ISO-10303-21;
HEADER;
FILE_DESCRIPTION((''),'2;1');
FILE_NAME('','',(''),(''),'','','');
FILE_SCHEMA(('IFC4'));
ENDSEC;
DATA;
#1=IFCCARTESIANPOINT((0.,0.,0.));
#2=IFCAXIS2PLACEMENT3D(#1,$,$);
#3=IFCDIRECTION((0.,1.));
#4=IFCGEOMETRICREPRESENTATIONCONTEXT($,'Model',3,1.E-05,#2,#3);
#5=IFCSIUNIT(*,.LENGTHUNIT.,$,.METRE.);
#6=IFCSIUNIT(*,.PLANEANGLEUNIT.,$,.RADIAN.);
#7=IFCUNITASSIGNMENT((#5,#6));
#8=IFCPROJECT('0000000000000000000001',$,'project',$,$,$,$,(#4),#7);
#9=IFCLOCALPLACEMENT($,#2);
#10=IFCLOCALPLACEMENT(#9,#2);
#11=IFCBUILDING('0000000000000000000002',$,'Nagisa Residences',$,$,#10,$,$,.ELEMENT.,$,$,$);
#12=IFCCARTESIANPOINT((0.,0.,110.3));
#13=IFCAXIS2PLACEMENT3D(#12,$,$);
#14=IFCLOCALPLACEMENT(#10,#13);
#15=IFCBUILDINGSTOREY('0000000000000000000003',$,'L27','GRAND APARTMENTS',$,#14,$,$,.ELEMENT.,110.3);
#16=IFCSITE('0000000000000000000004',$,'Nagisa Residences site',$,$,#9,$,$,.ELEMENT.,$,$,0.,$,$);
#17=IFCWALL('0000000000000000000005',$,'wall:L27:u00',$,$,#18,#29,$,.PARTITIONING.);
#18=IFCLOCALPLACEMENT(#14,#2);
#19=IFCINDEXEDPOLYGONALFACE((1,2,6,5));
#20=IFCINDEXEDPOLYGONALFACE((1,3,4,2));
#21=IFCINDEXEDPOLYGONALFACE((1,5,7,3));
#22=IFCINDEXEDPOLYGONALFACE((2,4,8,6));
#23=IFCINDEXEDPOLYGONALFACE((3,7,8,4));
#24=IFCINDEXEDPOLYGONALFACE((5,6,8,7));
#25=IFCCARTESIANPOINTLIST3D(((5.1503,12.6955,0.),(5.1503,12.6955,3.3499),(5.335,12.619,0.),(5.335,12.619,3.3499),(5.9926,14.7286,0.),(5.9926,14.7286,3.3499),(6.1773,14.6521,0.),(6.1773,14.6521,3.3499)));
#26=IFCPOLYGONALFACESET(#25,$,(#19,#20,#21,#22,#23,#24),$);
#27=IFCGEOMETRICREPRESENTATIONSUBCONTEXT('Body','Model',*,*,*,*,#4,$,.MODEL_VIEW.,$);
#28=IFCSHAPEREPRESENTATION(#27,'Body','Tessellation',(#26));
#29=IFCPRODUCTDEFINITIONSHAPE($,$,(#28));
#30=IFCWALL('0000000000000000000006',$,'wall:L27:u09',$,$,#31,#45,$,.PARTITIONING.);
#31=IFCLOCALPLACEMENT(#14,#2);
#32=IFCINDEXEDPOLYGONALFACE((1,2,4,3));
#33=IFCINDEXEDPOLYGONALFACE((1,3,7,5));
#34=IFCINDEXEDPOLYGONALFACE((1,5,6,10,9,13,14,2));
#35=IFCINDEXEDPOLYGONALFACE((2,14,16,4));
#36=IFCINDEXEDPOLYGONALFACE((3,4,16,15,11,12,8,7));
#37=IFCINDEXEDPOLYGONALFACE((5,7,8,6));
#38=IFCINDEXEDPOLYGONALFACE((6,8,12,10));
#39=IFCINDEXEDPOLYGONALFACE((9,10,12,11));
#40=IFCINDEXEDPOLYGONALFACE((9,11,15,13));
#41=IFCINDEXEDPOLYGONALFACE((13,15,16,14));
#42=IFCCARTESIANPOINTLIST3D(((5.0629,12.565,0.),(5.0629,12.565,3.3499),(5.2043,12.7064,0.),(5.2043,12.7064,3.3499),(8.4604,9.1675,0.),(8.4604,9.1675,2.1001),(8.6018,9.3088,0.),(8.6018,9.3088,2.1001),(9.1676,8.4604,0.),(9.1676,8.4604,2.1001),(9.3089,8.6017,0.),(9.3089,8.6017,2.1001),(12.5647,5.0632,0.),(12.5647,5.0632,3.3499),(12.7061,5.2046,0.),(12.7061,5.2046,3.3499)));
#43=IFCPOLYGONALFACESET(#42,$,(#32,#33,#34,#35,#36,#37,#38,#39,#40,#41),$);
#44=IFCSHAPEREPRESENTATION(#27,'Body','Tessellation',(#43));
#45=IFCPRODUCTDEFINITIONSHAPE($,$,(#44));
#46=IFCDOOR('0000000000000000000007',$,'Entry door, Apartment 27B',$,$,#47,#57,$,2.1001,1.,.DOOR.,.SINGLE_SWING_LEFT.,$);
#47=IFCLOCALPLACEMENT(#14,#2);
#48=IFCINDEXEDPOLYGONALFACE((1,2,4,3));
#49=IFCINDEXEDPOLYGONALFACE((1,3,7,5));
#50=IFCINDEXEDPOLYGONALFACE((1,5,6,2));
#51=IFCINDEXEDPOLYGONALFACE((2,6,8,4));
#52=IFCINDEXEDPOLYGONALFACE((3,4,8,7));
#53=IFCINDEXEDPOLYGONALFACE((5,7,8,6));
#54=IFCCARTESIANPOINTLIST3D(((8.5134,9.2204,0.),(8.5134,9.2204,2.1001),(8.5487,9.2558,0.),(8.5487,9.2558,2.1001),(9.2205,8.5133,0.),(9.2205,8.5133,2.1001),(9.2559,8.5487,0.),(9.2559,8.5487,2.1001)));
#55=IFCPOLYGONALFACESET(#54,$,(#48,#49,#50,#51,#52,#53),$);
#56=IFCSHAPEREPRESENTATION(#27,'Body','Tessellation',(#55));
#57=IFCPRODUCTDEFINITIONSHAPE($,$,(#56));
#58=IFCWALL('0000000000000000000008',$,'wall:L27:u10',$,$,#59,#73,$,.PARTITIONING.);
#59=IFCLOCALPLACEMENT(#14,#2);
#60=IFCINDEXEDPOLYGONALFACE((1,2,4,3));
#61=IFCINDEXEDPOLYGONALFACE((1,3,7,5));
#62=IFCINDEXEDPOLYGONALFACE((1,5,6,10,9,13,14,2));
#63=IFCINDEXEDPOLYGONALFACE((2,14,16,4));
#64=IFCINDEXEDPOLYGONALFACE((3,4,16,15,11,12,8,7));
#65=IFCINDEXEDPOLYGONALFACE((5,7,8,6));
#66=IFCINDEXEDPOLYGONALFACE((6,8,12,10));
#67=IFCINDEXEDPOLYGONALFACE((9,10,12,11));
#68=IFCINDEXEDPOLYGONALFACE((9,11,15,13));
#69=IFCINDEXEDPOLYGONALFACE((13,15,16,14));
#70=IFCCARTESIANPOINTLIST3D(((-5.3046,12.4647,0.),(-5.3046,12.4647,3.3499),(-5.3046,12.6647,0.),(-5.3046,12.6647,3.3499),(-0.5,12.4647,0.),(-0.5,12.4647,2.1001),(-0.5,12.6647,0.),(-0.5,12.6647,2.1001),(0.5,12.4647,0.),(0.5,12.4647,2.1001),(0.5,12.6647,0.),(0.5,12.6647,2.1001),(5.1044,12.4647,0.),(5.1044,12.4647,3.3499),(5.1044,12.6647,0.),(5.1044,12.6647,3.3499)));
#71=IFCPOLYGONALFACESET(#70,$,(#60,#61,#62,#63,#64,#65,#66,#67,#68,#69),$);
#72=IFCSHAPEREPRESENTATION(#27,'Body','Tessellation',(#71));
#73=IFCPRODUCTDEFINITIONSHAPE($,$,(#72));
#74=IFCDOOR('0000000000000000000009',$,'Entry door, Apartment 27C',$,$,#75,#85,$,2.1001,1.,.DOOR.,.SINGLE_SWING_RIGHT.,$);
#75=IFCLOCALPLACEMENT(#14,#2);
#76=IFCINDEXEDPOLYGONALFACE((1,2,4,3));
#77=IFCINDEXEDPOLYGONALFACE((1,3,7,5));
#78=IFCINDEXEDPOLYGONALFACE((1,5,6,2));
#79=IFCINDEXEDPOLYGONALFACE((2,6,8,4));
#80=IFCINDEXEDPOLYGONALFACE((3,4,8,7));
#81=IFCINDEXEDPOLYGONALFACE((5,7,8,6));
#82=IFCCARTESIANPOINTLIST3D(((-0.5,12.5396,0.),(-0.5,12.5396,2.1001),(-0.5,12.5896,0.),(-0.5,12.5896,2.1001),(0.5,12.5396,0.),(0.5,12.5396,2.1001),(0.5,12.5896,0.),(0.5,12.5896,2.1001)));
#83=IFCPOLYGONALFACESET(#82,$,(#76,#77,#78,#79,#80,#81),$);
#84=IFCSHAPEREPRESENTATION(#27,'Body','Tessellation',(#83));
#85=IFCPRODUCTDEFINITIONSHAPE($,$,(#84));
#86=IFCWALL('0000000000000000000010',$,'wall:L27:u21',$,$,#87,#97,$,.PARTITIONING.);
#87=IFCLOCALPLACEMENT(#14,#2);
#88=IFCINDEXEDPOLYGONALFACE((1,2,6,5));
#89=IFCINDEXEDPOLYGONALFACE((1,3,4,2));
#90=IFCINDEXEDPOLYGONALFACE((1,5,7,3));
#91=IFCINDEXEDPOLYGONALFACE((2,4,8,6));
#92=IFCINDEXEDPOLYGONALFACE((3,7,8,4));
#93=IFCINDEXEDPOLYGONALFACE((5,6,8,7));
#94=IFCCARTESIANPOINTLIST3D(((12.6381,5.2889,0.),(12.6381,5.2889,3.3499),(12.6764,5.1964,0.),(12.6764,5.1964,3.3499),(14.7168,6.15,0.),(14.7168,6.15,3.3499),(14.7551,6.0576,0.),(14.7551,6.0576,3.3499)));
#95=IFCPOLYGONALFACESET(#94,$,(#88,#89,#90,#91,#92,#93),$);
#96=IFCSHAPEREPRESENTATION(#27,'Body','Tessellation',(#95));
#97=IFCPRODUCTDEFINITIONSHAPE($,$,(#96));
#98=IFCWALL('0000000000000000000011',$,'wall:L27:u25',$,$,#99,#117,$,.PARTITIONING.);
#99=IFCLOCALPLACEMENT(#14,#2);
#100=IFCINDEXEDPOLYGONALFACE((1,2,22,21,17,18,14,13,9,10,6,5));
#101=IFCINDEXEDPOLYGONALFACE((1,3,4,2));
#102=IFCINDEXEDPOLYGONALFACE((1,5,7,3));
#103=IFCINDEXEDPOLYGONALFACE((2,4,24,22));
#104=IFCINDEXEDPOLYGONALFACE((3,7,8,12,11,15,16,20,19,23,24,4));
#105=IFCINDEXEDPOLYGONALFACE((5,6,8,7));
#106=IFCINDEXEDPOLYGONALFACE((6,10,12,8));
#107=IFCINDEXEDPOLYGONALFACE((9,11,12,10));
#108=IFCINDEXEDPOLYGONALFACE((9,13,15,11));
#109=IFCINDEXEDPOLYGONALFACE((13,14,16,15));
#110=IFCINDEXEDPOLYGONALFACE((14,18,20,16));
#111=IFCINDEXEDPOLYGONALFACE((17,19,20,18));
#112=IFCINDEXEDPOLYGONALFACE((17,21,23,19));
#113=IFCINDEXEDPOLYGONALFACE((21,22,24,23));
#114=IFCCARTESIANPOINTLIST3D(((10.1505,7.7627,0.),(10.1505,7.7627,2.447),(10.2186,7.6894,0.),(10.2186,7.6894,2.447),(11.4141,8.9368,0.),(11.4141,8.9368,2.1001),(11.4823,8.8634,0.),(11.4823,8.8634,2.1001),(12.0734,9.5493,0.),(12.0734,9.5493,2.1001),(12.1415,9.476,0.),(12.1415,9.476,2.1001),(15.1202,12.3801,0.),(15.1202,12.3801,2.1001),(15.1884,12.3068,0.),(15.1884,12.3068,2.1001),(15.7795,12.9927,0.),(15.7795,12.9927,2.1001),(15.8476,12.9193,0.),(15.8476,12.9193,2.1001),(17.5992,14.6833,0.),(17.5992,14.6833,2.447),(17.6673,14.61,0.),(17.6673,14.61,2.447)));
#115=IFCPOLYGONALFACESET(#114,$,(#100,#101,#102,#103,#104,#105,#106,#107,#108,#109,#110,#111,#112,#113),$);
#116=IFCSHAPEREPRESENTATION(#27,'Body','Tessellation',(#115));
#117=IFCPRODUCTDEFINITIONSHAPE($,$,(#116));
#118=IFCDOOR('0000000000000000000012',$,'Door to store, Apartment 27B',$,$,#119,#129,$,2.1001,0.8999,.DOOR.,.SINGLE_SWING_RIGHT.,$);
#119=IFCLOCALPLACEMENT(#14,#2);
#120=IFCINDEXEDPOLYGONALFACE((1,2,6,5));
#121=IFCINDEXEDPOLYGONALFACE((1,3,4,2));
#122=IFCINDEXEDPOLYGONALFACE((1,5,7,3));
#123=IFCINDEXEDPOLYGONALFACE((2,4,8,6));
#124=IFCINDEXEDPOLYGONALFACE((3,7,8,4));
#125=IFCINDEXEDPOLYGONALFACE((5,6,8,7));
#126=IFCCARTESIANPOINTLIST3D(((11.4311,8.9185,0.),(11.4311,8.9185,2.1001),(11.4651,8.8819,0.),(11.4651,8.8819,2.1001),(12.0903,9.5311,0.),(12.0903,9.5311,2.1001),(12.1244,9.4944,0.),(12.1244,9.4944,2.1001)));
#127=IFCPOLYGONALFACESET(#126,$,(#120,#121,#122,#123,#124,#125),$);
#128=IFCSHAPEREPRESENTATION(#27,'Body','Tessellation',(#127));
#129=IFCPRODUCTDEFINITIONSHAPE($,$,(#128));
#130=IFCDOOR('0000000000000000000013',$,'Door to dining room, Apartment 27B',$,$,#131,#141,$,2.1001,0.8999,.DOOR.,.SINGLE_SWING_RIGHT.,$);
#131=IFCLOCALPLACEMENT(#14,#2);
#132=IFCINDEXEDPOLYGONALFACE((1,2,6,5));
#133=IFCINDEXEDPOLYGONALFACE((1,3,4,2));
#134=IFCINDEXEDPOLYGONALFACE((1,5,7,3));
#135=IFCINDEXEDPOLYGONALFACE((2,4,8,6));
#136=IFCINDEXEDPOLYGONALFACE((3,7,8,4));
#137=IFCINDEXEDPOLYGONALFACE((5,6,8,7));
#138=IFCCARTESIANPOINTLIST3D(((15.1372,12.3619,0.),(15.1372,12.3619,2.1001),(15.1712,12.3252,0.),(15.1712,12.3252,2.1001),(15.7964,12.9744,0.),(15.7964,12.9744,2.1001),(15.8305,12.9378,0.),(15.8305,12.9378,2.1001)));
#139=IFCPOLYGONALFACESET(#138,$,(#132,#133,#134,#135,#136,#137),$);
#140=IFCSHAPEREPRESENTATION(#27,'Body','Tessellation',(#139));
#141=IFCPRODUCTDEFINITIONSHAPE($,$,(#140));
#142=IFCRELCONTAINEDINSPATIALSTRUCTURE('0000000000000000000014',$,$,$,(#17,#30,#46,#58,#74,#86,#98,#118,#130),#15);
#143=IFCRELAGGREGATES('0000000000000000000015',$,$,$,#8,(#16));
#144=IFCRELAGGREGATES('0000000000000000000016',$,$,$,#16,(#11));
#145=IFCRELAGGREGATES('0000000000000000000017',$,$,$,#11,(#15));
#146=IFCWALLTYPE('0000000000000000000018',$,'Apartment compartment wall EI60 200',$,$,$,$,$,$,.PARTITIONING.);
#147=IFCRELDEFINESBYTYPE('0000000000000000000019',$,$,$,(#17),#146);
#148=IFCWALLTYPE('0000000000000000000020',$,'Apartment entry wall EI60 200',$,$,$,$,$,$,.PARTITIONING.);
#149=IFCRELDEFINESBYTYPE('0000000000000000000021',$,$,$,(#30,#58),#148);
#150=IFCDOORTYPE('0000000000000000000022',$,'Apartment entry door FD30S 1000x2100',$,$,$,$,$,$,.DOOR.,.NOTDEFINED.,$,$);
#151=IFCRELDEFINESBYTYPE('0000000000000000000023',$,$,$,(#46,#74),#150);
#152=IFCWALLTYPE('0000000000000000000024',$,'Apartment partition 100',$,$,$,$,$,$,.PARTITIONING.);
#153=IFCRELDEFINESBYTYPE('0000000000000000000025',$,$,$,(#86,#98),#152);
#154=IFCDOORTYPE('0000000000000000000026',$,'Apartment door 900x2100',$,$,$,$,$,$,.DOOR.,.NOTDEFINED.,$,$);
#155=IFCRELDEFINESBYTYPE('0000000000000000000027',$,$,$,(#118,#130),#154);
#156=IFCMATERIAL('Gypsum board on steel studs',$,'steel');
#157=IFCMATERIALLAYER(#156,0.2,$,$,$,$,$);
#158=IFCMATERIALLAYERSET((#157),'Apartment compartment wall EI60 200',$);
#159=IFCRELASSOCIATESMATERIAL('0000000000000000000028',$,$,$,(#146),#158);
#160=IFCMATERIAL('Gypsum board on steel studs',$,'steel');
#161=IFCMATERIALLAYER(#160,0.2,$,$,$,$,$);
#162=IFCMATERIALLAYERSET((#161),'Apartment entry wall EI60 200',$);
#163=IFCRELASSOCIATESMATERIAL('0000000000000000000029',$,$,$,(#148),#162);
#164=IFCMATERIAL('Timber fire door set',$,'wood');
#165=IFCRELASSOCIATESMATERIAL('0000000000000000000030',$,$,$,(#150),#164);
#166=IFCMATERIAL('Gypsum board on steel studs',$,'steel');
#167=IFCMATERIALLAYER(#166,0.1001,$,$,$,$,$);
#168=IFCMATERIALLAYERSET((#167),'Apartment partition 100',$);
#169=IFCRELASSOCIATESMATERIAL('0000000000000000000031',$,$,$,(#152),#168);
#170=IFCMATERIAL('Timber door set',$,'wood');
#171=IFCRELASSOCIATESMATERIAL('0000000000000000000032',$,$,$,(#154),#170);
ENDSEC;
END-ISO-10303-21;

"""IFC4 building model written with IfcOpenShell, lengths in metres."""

from ifc_helpers import new_model, si_unit, direction, frame, frame_2d, origin, place, context, subcontext, project, spatial, rectangle, extrude, material, layer, layer_set, type_object, element, fill, save


model = new_model("IFC4")

# Units and contexts
model_context = context("Model", 3, precision=1e-05, world=origin(), true_north=direction((0.0, 1.0)))
body_context = subcontext(model_context, "Body", "Model", "MODEL_VIEW")
ifc_project = project(units=[si_unit("LENGTHUNIT", "METRE"), si_unit("PLANEANGLEUNIT", "RADIAN")], contexts=[model_context])

# Site, building, storey
site_placement = place(None, origin())
site = spatial("IfcSite", under=ifc_project, at=site_placement, Name="Nagisa Residences site", CompositionType="ELEMENT", RefElevation=0.0)
building_placement = place(site_placement, origin())
building = spatial("IfcBuilding", under=site, at=building_placement, Name="Nagisa Residences", CompositionType="ELEMENT")
storey_placement = place(building_placement, frame((0.0, 0.0, 110.3)))
storey = spatial("IfcBuildingStorey", under=building, at=storey_placement, Name="L27", Description="GRAND APARTMENTS", CompositionType="ELEMENT", Elevation=110.3)

# Wall
ifc_material_1 = material(Name="Gypsum board on steel studs", Category="steel")
ifc_layer_1 = layer(ifc_material_1, 0.2)
ifc_layer_set_1 = layer_set([ifc_layer_1], Name="Apartment compartment wall EI60 200")
wall_type_1 = type_object("IfcWallType", Name="Apartment compartment wall EI60 200", PredefinedType="PARTITIONING", material=ifc_layer_set_1)
wall_1_placement = place(storey_placement, frame((5.2427, 12.6572, 0.0), z_axis=(0.0, 0.0, 1.0), x_axis=(0.382724, 0.923863, 0.0)))
element("IfcWall", 1, at=wall_1_placement, inside=storey, type_object=wall_type_1, Name="wall:L27:u00", PredefinedType="PARTITIONING", context=body_context, shape_type="SweptSolid", body=[
    extrude(rectangle(XDim=2.2007, YDim=0.2, at=frame_2d((1.1003, 0.0))), origin(), (0.0, 0.0, 1.0), 3.3499),
])

# Walls, openings, doors
ifc_material_2 = material(Name="Gypsum board on steel studs", Category="steel")
ifc_layer_2 = layer(ifc_material_2, 0.2)
ifc_layer_set_2 = layer_set([ifc_layer_2], Name="Apartment entry wall EI60 200")
wall_type_2 = type_object("IfcWallType", Name="Apartment entry wall EI60 200", PredefinedType="PARTITIONING", material=ifc_layer_set_2)
wall_2_placement = place(storey_placement, frame((12.6355, 5.1338, 0.0), z_axis=(0.0, 0.0, 1.0), x_axis=(-0.707107, 0.707107, 0.0)))
wall_2 = element("IfcWall", 2, at=wall_2_placement, inside=storey, type_object=wall_type_2, Name="wall:L27:u09", PredefinedType="PARTITIONING", context=body_context, shape_type="SweptSolid", body=[
    extrude(rectangle(XDim=10.6091, YDim=0.2, at=frame_2d((5.3047, 0.0))), origin(), (0.0, 0.0, 1.0), 3.3499),
])
opening_1_placement = place(wall_2_placement, frame((4.8044, 0.0, 0.0)))
opening_1 = element("IfcOpeningElement", 3, at=opening_1_placement, cuts=wall_2, PredefinedType="OPENING", context=body_context, shape_type="SweptSolid", body=[
    extrude(rectangle(XDim=1.0, YDim=2.1001, at=frame_2d((0.5, 1.05))), frame((0.0, 0.1099, 0.0), z_axis=(0.0, -1.0, 0.0), x_axis=(1.0, 0.0, 0.0)), (0.0, 0.0, 1.0), 0.22),
])
ifc_material_3 = material(Name="Timber fire door set", Category="wood")
door_type_1 = type_object("IfcDoorType", Name="Apartment entry door FD30S 1000x2100", OperationType="NOTDEFINED", PredefinedType="DOOR", material=ifc_material_3)
door_1_placement = place(opening_1_placement, frame((1.0, 0.0, 0.0), x_axis=(-1.0, 0.0, 0.0)))
door_1 = element("IfcDoor", 4, at=door_1_placement, inside=storey, type_object=door_type_1, Name="Entry door, Apartment 27B", OperationType="SINGLE_SWING_LEFT", OverallHeight=2.1001, OverallWidth=1.0, PredefinedType="DOOR", context=body_context, shape_type="SweptSolid", body=[
    extrude(rectangle(XDim=1.0, YDim=2.1001, at=frame_2d((0.5, 1.05))), frame((0.0, 0.0249, 0.0), z_axis=(0.0, -1.0, 0.0), x_axis=(1.0, 0.0, 0.0)), (0.0, 0.0, 1.0), 0.05),
])
fill(opening_1, door_1)
wall_3_placement = place(storey_placement, frame((5.1045, 12.5647, 0.0), z_axis=(0.0, 0.0, 1.0), x_axis=(-1.0, 0.0, 0.0)))
wall_3 = element("IfcWall", 5, at=wall_3_placement, inside=storey, type_object=wall_type_2, Name="wall:L27:u10", PredefinedType="PARTITIONING", context=body_context, shape_type="SweptSolid", body=[
    extrude(rectangle(XDim=10.4089, YDim=0.2, at=frame_2d((5.2046, 0.0))), origin(), (0.0, 0.0, 1.0), 3.3499),
])
opening_2_placement = place(wall_3_placement, frame((4.6045, 0.0, 0.0)))
opening_2 = element("IfcOpeningElement", 6, at=opening_2_placement, cuts=wall_3, PredefinedType="OPENING", context=body_context, shape_type="SweptSolid", body=[
    extrude(rectangle(XDim=1.0, YDim=2.1001, at=frame_2d((0.5, 1.05))), frame((0.0, 0.1099, 0.0), z_axis=(0.0, -1.0, 0.0), x_axis=(1.0, 0.0, 0.0)), (0.0, 0.0, 1.0), 0.22),
])
door_2_placement = place(opening_2_placement, frame((1.0, 0.0, 0.0), x_axis=(-1.0, 0.0, 0.0)))
door_2 = element("IfcDoor", 7, at=door_2_placement, inside=storey, type_object=door_type_1, Name="Entry door, Apartment 27C", OperationType="SINGLE_SWING_RIGHT", OverallHeight=2.1001, OverallWidth=1.0, PredefinedType="DOOR", context=body_context, shape_type="SweptSolid", body=[
    extrude(rectangle(XDim=1.0, YDim=2.1001, at=frame_2d((0.5, 1.05))), frame((0.0, 0.0249, 0.0), z_axis=(0.0, -1.0, 0.0), x_axis=(1.0, 0.0, 0.0)), (0.0, 0.0, 1.0), 0.05),
])
fill(opening_2, door_2)

# Wall
ifc_material_4 = material(Name="Gypsum board on steel studs", Category="steel")
ifc_layer_3 = layer(ifc_material_4, 0.1001)
ifc_layer_set_3 = layer_set([ifc_layer_3], Name="Apartment partition 100")
wall_type_3 = type_object("IfcWallType", Name="Apartment partition 100", PredefinedType="PARTITIONING", material=ifc_layer_set_3)
wall_4_placement = place(storey_placement, frame((12.6572, 5.2427, 0.0), z_axis=(0.0, 0.0, 1.0), x_axis=(0.923865, 0.382719, 0.0)))
element("IfcWall", 8, at=wall_4_placement, inside=storey, type_object=wall_type_3, Name="wall:L27:u21", PredefinedType="PARTITIONING", context=body_context, shape_type="SweptSolid", body=[
    extrude(rectangle(XDim=2.25, YDim=0.1001, at=frame_2d((1.125, 0.0))), origin(), (0.0, 0.0, 1.0), 3.3499),
])

# Wall, openings, doors
wall_5_placement = place(storey_placement, frame((10.1846, 7.7261, 0.0), z_axis=(0.0, 0.0, 1.0), x_axis=(0.732598, 0.680661, 0.0)))
wall_5 = element("IfcWall", 9, at=wall_5_placement, inside=storey, type_object=wall_type_3, Name="wall:L27:u25", PredefinedType="PARTITIONING", context=body_context, shape_type="SweptSolid", body=[
    extrude(rectangle(XDim=10.1675, YDim=0.1001, at=frame_2d((5.0837, 0.0))), origin(), (0.0, 0.0, 1.0), 2.447),
])
opening_3_placement = place(wall_5_placement, frame((1.7249, 0.0, 0.0)))
opening_3 = element("IfcOpeningElement", 10, at=opening_3_placement, cuts=wall_5, PredefinedType="OPENING", context=body_context, shape_type="SweptSolid", body=[
    extrude(rectangle(XDim=0.8999, YDim=2.1001, at=frame_2d((0.45, 1.05))), frame((0.0, 0.0601, 0.0), z_axis=(0.0, -1.0, 0.0), x_axis=(1.0, 0.0, 0.0)), (0.0, 0.0, 1.0), 0.1201),
])
opening_4_placement = place(wall_5_placement, frame((6.7837, 0.0, 0.0)))
opening_4 = element("IfcOpeningElement", 11, at=opening_4_placement, cuts=wall_5, PredefinedType="OPENING", context=body_context, shape_type="SweptSolid", body=[
    extrude(rectangle(XDim=0.8999, YDim=2.1001, at=frame_2d((0.45, 1.05))), frame((0.0, 0.0601, 0.0), z_axis=(0.0, -1.0, 0.0), x_axis=(1.0, 0.0, 0.0)), (0.0, 0.0, 1.0), 0.1201),
])
ifc_material_5 = material(Name="Timber door set", Category="wood")
door_type_2 = type_object("IfcDoorType", Name="Apartment door 900x2100", OperationType="NOTDEFINED", PredefinedType="DOOR", material=ifc_material_5)
door_3_placement = place(opening_3_placement, frame((0.8999, 0.0, 0.0), x_axis=(-1.0, 0.0, 0.0)))
door_3 = element("IfcDoor", 12, at=door_3_placement, inside=storey, type_object=door_type_2, Name="Door to store, Apartment 27B", OperationType="SINGLE_SWING_RIGHT", OverallHeight=2.1001, OverallWidth=0.8999, PredefinedType="DOOR", context=body_context, shape_type="SweptSolid", body=[
    extrude(rectangle(XDim=0.8999, YDim=2.1001, at=frame_2d((0.45, 1.05))), frame((0.0, 0.0249, 0.0), z_axis=(0.0, -1.0, 0.0), x_axis=(1.0, 0.0, 0.0)), (0.0, 0.0, 1.0), 0.05),
])
fill(opening_3, door_3)
door_4_placement = place(opening_4_placement, frame((0.8999, 0.0, 0.0), x_axis=(-1.0, 0.0, 0.0)))
door_4 = element("IfcDoor", 13, at=door_4_placement, inside=storey, type_object=door_type_2, Name="Door to dining room, Apartment 27B", OperationType="SINGLE_SWING_RIGHT", OverallHeight=2.1001, OverallWidth=0.8999, PredefinedType="DOOR", context=body_context, shape_type="SweptSolid", body=[
    extrude(rectangle(XDim=0.8999, YDim=2.1001, at=frame_2d((0.45, 1.05))), frame((0.0, 0.0249, 0.0), z_axis=(0.0, -1.0, 0.0), x_axis=(1.0, 0.0, 0.0)), (0.0, 0.0, 1.0), 0.05),
])
fill(opening_4, door_4)

save(model, "model.ifc")
